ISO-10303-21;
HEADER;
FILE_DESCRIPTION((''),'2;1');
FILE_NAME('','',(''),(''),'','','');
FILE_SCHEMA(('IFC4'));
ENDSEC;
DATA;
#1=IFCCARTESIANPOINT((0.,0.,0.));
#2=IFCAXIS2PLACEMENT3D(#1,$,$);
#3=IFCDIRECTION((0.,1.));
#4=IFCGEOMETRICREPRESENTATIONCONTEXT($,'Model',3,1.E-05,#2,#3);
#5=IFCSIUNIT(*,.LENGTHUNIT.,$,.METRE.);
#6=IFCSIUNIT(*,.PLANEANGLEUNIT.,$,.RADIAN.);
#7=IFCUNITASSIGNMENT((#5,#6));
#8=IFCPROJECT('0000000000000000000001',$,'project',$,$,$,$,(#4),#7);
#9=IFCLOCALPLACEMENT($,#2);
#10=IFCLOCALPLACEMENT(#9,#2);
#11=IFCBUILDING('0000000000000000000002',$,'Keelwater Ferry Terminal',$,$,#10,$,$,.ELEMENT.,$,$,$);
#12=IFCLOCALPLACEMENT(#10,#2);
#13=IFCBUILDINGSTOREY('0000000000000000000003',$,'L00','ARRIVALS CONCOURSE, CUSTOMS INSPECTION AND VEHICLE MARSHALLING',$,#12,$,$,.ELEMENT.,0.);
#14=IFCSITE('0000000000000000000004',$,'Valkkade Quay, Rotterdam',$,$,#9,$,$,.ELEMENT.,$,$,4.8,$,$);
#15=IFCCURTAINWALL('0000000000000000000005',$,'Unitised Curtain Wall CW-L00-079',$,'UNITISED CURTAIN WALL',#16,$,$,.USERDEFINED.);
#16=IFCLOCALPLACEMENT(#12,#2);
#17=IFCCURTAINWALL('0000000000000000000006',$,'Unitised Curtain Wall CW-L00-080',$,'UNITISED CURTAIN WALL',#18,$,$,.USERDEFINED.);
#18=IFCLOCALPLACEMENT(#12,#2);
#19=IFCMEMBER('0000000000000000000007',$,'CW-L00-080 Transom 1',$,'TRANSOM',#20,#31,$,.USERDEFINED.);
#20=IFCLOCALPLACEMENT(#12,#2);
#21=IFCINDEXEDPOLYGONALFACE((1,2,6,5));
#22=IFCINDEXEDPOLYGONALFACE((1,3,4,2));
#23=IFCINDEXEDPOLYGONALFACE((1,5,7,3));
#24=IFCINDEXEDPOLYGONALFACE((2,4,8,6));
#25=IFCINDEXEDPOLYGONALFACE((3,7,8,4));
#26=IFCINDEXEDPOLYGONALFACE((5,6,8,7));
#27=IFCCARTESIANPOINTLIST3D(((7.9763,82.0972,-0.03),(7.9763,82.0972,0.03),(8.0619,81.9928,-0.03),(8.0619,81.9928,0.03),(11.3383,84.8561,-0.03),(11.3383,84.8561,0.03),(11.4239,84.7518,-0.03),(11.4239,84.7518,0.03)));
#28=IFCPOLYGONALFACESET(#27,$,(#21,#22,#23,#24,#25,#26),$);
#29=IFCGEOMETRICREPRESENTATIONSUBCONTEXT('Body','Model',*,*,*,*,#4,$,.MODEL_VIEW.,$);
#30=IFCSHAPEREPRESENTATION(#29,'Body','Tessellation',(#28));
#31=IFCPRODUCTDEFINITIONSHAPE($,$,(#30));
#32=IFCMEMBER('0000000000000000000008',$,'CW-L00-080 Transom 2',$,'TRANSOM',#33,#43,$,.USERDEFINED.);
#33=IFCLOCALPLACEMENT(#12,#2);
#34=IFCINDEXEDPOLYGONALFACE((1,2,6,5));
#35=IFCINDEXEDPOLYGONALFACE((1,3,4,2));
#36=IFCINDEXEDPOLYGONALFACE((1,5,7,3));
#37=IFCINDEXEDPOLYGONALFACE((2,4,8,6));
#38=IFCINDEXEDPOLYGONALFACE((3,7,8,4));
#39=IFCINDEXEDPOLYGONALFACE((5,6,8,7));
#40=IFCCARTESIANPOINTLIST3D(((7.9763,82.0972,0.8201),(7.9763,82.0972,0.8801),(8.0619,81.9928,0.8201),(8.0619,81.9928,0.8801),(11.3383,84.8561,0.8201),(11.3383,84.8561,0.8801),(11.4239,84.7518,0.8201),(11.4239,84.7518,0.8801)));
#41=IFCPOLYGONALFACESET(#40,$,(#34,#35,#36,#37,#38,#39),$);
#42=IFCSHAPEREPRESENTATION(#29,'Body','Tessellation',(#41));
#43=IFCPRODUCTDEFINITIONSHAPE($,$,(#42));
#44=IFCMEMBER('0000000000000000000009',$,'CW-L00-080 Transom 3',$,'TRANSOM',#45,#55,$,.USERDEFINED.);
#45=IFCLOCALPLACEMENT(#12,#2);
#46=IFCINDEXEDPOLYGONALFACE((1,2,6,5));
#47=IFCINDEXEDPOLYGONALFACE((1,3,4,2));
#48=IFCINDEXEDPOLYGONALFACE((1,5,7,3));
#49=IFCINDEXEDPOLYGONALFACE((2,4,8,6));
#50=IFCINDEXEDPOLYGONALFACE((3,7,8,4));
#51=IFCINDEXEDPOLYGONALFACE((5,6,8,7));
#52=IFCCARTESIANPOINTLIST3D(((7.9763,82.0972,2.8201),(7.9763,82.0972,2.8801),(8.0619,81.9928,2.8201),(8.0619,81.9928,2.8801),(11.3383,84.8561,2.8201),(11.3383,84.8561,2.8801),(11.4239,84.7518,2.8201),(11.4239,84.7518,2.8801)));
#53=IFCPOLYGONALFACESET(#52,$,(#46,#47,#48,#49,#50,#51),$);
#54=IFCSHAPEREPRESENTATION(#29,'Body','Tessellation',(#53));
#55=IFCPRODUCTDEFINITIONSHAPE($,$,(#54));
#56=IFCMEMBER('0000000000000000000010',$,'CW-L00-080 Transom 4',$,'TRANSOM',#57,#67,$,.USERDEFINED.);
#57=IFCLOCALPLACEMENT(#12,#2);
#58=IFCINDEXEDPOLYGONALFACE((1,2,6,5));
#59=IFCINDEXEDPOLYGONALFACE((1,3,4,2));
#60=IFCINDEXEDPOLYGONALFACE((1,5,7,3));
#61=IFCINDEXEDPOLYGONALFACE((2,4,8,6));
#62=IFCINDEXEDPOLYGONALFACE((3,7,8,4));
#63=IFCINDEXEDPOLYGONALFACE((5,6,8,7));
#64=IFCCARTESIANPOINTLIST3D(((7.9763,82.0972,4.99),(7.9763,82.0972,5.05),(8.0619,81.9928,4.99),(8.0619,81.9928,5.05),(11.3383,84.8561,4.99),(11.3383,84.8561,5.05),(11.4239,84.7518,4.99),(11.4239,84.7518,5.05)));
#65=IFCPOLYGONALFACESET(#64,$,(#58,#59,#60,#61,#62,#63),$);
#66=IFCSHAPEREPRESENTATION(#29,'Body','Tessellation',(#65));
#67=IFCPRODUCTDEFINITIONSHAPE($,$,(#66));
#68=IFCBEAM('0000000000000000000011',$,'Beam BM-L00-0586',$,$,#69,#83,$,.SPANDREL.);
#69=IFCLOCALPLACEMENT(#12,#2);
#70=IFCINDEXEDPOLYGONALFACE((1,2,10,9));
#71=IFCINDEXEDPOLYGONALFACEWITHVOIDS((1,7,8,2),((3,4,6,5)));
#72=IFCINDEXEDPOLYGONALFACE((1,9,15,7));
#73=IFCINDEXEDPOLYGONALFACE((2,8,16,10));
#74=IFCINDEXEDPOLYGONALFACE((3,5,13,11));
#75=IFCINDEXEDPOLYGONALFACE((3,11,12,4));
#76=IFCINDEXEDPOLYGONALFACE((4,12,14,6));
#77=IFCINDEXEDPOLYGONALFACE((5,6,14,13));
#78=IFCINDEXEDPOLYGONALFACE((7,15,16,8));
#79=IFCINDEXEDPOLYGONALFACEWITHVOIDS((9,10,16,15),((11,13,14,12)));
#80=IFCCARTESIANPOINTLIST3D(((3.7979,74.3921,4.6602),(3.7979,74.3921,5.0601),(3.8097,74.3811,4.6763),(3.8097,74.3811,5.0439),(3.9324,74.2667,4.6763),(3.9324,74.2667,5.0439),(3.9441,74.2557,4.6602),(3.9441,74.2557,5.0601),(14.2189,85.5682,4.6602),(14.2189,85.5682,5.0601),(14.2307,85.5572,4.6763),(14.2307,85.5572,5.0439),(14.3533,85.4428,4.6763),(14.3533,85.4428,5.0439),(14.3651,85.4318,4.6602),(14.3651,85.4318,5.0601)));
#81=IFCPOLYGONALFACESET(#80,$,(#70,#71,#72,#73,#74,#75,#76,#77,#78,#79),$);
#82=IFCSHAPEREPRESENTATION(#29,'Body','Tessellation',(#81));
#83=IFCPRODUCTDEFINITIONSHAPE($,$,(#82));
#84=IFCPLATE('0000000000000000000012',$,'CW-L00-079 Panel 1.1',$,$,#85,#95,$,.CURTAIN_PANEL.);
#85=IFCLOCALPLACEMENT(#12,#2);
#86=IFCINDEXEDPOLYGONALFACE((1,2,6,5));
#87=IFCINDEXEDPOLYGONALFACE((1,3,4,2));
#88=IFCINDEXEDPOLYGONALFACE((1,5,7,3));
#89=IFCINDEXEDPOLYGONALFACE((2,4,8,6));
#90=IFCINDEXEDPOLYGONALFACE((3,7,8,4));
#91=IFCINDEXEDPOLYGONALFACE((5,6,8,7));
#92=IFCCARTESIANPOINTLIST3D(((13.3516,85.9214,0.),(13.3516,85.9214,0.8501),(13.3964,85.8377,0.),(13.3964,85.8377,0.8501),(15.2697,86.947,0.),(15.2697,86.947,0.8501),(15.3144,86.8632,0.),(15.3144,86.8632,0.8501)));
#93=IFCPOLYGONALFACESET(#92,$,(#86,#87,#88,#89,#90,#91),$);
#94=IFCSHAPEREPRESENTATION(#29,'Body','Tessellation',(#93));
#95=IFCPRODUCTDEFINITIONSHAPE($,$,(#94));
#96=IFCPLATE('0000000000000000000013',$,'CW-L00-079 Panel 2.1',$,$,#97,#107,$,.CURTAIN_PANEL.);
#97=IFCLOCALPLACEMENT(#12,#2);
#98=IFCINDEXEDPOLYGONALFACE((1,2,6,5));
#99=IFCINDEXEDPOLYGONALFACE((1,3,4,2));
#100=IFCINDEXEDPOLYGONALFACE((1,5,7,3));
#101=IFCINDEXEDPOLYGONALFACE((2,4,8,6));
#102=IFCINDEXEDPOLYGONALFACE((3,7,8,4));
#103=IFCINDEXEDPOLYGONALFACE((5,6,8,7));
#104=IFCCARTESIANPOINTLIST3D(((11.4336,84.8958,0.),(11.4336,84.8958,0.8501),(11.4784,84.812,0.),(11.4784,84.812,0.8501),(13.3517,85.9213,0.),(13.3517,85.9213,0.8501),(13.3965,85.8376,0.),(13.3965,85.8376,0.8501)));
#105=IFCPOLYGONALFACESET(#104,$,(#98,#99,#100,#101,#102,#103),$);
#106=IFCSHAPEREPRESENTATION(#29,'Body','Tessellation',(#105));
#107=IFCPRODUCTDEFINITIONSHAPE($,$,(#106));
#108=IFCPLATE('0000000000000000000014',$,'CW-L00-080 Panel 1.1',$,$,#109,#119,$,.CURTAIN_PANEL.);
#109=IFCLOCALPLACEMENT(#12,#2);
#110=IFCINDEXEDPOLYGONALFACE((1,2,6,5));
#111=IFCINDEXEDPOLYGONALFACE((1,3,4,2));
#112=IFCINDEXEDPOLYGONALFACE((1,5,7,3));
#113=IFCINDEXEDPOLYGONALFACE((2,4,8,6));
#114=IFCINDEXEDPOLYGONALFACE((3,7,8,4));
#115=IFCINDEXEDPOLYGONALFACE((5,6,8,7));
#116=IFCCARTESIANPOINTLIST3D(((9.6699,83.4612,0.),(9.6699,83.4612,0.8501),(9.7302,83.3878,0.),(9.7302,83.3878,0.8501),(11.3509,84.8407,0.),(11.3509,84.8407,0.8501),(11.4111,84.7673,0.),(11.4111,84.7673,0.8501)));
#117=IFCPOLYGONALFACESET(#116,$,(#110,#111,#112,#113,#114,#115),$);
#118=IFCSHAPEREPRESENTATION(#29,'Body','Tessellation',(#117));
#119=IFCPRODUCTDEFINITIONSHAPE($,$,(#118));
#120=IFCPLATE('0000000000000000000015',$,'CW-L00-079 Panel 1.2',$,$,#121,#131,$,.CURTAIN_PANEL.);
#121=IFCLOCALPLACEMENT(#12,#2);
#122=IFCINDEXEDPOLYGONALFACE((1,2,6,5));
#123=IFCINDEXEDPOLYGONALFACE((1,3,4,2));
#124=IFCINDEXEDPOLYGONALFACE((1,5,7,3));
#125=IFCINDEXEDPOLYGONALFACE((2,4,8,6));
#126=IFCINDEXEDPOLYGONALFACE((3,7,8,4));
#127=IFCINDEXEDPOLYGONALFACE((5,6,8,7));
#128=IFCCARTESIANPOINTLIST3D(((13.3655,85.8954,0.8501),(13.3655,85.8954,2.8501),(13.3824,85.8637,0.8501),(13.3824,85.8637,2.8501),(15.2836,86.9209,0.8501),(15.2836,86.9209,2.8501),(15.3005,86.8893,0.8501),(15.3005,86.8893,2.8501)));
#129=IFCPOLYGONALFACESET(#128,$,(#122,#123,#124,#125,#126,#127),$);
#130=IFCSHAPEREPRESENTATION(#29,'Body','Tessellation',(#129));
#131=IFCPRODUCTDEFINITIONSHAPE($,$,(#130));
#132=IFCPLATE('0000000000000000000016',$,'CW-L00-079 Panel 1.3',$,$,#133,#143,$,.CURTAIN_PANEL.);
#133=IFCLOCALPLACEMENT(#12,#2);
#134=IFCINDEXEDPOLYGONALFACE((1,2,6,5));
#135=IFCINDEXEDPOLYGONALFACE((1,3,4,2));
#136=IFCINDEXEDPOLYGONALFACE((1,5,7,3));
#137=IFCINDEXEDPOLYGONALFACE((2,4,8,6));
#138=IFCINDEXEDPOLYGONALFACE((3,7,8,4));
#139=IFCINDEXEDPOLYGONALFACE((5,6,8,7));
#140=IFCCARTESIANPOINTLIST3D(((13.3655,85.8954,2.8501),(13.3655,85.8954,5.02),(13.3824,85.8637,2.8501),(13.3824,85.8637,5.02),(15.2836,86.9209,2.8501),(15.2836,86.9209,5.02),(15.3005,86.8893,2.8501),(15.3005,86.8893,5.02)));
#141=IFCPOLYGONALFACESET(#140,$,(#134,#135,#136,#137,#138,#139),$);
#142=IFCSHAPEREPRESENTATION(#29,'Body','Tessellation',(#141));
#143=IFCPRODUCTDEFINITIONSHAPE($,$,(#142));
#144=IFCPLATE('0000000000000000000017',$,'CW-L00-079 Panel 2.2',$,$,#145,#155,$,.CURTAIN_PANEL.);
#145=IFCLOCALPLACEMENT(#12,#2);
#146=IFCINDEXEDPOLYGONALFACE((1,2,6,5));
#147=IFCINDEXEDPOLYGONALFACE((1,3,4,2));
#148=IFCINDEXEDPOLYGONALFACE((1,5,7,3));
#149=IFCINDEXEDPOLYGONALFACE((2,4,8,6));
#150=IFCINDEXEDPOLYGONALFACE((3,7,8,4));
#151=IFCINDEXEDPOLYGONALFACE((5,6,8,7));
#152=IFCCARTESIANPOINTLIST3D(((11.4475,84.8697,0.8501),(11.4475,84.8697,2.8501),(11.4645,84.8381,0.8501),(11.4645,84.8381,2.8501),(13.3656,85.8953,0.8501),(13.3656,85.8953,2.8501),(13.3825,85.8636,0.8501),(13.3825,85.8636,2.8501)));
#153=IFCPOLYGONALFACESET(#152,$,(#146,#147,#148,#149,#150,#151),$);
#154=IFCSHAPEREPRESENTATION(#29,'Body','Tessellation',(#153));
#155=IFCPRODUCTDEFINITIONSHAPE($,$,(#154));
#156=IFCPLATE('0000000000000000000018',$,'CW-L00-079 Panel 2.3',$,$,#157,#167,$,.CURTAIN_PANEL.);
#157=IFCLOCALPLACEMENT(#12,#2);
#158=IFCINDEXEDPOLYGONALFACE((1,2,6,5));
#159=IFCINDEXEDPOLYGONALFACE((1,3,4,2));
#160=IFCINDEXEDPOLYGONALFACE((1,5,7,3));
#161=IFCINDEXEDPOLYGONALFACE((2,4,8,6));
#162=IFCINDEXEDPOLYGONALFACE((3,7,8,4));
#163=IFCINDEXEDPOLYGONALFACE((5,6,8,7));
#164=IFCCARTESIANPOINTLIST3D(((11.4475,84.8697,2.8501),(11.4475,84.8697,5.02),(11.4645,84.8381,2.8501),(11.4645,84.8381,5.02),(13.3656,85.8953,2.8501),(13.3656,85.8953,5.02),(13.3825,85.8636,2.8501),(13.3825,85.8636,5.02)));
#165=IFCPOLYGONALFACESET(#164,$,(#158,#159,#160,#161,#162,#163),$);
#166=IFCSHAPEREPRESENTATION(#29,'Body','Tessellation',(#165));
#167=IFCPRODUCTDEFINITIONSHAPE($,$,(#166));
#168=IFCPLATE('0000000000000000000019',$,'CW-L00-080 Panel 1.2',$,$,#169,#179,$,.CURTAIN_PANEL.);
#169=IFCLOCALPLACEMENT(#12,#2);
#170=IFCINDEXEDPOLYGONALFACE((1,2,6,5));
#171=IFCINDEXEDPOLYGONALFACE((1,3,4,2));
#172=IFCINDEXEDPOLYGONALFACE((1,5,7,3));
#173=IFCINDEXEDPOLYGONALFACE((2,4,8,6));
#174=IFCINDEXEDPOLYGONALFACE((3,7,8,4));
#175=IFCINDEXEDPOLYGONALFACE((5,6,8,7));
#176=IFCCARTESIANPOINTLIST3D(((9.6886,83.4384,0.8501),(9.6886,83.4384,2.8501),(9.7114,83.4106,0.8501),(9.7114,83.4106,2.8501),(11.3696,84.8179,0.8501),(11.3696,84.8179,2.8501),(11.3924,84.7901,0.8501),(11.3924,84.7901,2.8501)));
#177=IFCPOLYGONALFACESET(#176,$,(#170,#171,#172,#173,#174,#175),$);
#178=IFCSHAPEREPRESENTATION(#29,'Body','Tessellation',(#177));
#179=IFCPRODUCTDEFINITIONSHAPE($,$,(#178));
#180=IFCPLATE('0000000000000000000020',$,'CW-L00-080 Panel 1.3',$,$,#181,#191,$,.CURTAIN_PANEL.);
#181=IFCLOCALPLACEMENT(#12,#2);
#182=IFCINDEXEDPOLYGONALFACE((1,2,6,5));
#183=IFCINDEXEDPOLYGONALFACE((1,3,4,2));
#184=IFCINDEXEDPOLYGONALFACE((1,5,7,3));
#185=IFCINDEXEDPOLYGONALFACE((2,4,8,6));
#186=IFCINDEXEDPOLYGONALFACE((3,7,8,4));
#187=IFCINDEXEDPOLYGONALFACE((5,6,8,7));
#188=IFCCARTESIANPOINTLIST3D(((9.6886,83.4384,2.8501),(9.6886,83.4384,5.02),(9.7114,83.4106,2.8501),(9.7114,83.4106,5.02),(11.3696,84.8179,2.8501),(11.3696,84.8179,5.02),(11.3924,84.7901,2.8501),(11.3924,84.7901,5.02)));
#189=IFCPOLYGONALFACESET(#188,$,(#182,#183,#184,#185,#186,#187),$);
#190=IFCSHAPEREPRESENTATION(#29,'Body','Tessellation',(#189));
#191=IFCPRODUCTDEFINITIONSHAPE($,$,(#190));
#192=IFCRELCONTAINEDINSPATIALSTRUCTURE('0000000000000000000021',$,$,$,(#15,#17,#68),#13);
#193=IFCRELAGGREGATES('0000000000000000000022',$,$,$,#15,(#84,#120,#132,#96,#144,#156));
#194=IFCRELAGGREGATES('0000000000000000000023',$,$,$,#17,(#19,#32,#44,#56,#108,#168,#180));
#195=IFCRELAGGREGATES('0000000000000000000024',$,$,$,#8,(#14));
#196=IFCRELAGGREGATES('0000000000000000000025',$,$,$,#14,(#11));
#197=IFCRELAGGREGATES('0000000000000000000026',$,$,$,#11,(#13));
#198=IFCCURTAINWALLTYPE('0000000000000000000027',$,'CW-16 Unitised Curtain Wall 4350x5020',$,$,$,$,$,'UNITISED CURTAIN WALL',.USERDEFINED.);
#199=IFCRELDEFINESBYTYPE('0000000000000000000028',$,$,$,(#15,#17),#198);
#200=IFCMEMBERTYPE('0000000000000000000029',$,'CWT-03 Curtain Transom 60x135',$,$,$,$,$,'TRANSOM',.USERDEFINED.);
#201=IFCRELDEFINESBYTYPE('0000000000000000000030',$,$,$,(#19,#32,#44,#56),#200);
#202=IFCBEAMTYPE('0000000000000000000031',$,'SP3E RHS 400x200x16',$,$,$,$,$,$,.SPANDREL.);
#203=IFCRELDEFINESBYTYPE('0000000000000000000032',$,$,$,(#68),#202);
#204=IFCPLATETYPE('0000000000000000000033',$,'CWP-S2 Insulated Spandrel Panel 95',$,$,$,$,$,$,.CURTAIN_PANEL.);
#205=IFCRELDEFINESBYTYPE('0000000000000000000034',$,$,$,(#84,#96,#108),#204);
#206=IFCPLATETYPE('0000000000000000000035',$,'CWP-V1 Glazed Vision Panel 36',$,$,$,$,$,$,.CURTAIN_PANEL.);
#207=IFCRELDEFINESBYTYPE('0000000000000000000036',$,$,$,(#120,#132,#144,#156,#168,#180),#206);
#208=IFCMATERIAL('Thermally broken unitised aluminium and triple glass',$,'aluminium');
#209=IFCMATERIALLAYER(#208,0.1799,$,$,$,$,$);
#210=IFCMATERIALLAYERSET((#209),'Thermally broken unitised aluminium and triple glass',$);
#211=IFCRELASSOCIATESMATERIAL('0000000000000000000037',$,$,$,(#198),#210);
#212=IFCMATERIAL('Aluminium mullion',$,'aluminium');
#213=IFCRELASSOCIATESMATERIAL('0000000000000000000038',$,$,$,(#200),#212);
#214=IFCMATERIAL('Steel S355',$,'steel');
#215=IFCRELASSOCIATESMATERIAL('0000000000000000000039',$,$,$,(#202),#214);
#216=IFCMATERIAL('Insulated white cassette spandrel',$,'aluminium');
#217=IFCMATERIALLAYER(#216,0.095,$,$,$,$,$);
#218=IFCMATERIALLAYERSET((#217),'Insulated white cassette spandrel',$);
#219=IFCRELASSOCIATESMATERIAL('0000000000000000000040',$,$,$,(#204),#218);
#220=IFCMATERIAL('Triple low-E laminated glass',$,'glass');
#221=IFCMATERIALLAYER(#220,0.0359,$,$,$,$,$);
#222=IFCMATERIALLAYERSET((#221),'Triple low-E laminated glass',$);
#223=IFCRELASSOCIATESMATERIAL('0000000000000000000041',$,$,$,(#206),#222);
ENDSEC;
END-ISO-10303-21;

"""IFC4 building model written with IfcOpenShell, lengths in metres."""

from ifc_helpers import new_model, si_unit, direction, frame, origin, origin_2d, place, context, subcontext, project, spatial, rectangle, hollow_rectangle, extrude, material, layer, layer_set, material_profile, profile_set, type_object, element, aggregate, save


model = new_model("IFC4")

# Units and contexts
model_context = context("Model", 3, precision=1e-05, world=origin(), true_north=direction((0.0, 1.0)))
body_context = subcontext(model_context, "Body", "Model", "MODEL_VIEW")
ifc_project = project(units=[si_unit("LENGTHUNIT", "METRE"), si_unit("PLANEANGLEUNIT", "RADIAN")], contexts=[model_context])

# Site, building, storey
site_placement = place(None, origin())
site = spatial("IfcSite", under=ifc_project, at=site_placement, Name="Valkkade Quay, Rotterdam", CompositionType="ELEMENT", RefElevation=4.8)
building_placement = place(site_placement, origin())
building = spatial("IfcBuilding", under=site, at=building_placement, Name="Keelwater Ferry Terminal", CompositionType="ELEMENT")
storey_placement = place(building_placement, origin())
storey = spatial("IfcBuildingStorey", under=building, at=storey_placement, Name="L00", Description="ARRIVALS CONCOURSE, CUSTOMS INSPECTION AND VEHICLE MARSHALLING", CompositionType="ELEMENT", Elevation=0.0)

# Curtain walls, members
ifc_material_1 = material(Name="Thermally broken unitised aluminium and triple glass", Category="aluminium")
ifc_layer_1 = layer(ifc_material_1, 0.1799)
ifc_layer_set_1 = layer_set([ifc_layer_1], Name="Thermally broken unitised aluminium and triple glass")
curtain_wall_type = type_object("IfcCurtainWallType", Name="CW-16 Unitised Curtain Wall 4350x5020", ElementType="UNITISED CURTAIN WALL", PredefinedType="USERDEFINED", material=ifc_layer_set_1)
curtain_wall_1_placement = place(storey_placement, origin())
curtain_wall_1 = element("IfcCurtainWall", 1, at=curtain_wall_1_placement, inside=storey, type_object=curtain_wall_type, Name="Unitised Curtain Wall CW-L00-079", ObjectType="UNITISED CURTAIN WALL", PredefinedType="USERDEFINED")
curtain_wall_2_placement = place(storey_placement, origin())
curtain_wall_2 = element("IfcCurtainWall", 2, at=curtain_wall_2_placement, inside=storey, type_object=curtain_wall_type, Name="Unitised Curtain Wall CW-L00-080", ObjectType="UNITISED CURTAIN WALL", PredefinedType="USERDEFINED")
ifc_material_2 = material(Name="Aluminium mullion", Category="aluminium")
ifc_material_profile_1 = material_profile(ifc_material_2, rectangle(XDim=0.135, YDim=0.0601, at=origin_2d()), Name="CWT-03")
ifc_profile_set_1 = profile_set([ifc_material_profile_1], Name="Aluminium mullion")
member_type_1 = type_object("IfcMemberType", Name="CWT-03 Curtain Transom 60x135", ElementType="TRANSOM", PredefinedType="USERDEFINED", material=ifc_profile_set_1)
member_1_placement = place(storey_placement, frame((11.3811, 84.804, 0.0), z_axis=(-0.773026, -0.634374, 0.0), x_axis=(0.634374, -0.773026, 0.0)))
member_1 = element("IfcMember", 3, at=member_1_placement, type_object=member_type_1, Name="CW-L00-080 Transom 1", ObjectType="TRANSOM", PredefinedType="USERDEFINED", context=body_context, shape_type="SweptSolid", body=[
    extrude(rectangle(XDim=0.135, YDim=0.0601, at=origin_2d()), origin(), (0.0, 0.0, 1.0), 4.3491),
])
member_2_placement = place(storey_placement, frame((11.3811, 84.804, 0.8501), z_axis=(-0.773026, -0.634374, 0.0), x_axis=(0.634374, -0.773026, 0.0)))
member_2 = element("IfcMember", 4, at=member_2_placement, type_object=member_type_1, Name="CW-L00-080 Transom 2", ObjectType="TRANSOM", PredefinedType="USERDEFINED", context=body_context, shape_type="SweptSolid", body=[
    extrude(rectangle(XDim=0.135, YDim=0.0601, at=origin_2d()), origin(), (0.0, 0.0, 1.0), 4.3491),
])
member_3_placement = place(storey_placement, frame((11.3811, 84.804, 2.8501), z_axis=(-0.773026, -0.634374, 0.0), x_axis=(0.634374, -0.773026, 0.0)))
member_3 = element("IfcMember", 5, at=member_3_placement, type_object=member_type_1, Name="CW-L00-080 Transom 3", ObjectType="TRANSOM", PredefinedType="USERDEFINED", context=body_context, shape_type="SweptSolid", body=[
    extrude(rectangle(XDim=0.135, YDim=0.0601, at=origin_2d()), origin(), (0.0, 0.0, 1.0), 4.3491),
])
member_4_placement = place(storey_placement, frame((11.3811, 84.804, 5.02), z_axis=(-0.773026, -0.634374, 0.0), x_axis=(0.634374, -0.773026, 0.0)))
member_4 = element("IfcMember", 6, at=member_4_placement, type_object=member_type_1, Name="CW-L00-080 Transom 4", ObjectType="TRANSOM", PredefinedType="USERDEFINED", context=body_context, shape_type="SweptSolid", body=[
    extrude(rectangle(XDim=0.135, YDim=0.0601, at=origin_2d()), origin(), (0.0, 0.0, 1.0), 4.3491),
])

# Beam
ifc_material_3 = material(Name="Steel S355", Category="steel")
ifc_material_profile_2 = material_profile(ifc_material_3, hollow_rectangle(XDim=0.2, YDim=0.3999, WallThickness=0.0161, at=origin_2d()), Name="RHS 400x200x16")
ifc_profile_set_2 = profile_set([ifc_material_profile_2], Name="Steel S355")
beam_type = type_object("IfcBeamType", Name="SP3E RHS 400x200x16", PredefinedType="SPANDREL", material=ifc_profile_set_2)
beam_placement = place(storey_placement, frame((14.292, 85.5, 4.8601), z_axis=(-0.681966, -0.731384, 0.0), x_axis=(0.731384, -0.681966, 0.0)))
element("IfcBeam", 7, at=beam_placement, inside=storey, type_object=beam_type, Name="Beam BM-L00-0586", PredefinedType="SPANDREL", context=body_context, shape_type="SweptSolid", body=[
    extrude(hollow_rectangle(XDim=0.2, YDim=0.3999, WallThickness=0.0161, at=origin_2d()), origin(), (0.0, 0.0, 1.0), 15.2808),
])

# Plates
ifc_material_4 = material(Name="Insulated white cassette spandrel", Category="aluminium")
ifc_layer_2 = layer(ifc_material_4, 0.095)
ifc_layer_set_2 = layer_set([ifc_layer_2], Name="Insulated white cassette spandrel")
plate_type_1 = type_object("IfcPlateType", Name="CWP-S2 Insulated Spandrel Panel 95", PredefinedType="CURTAIN_PANEL", material=ifc_layer_set_2)
plate_1_placement = place(storey_placement, frame((14.333, 86.3923, 0.0), z_axis=(0.0, 0.0, 1.0), x_axis=(-0.881862, -0.471507, 0.0)))
plate_1 = element("IfcPlate", 8, at=plate_1_placement, type_object=plate_type_1, Name="CW-L00-079 Panel 1.1", PredefinedType="CURTAIN_PANEL", context=body_context, shape_type="SweptSolid", body=[
    extrude(rectangle(XDim=2.175, YDim=0.095, at=origin_2d()), origin(), (0.0, 0.0, 1.0), 0.8501),
])
plate_2_placement = place(storey_placement, frame((12.415, 85.3667, 0.0), z_axis=(0.0, 0.0, 1.0), x_axis=(-0.881862, -0.471507, 0.0)))
plate_2 = element("IfcPlate", 9, at=plate_2_placement, type_object=plate_type_1, Name="CW-L00-079 Panel 2.1", PredefinedType="CURTAIN_PANEL", context=body_context, shape_type="SweptSolid", body=[
    extrude(rectangle(XDim=2.175, YDim=0.095, at=origin_2d()), origin(), (0.0, 0.0, 1.0), 0.8501),
])
plate_3_placement = place(storey_placement, frame((10.5405, 84.1143, 0.0), z_axis=(0.0, 0.0, 1.0), x_axis=(-0.773024, -0.634377, 0.0)))
plate_3 = element("IfcPlate", 10, at=plate_3_placement, type_object=plate_type_1, Name="CW-L00-080 Panel 1.1", PredefinedType="CURTAIN_PANEL", context=body_context, shape_type="SweptSolid", body=[
    extrude(rectangle(XDim=2.1746, YDim=0.095, at=origin_2d()), origin(), (0.0, 0.0, 1.0), 0.8501),
])
ifc_material_5 = material(Name="Triple low-E laminated glass", Category="glass")
ifc_layer_3 = layer(ifc_material_5, 0.0359)
ifc_layer_set_3 = layer_set([ifc_layer_3], Name="Triple low-E laminated glass")
plate_type_2 = type_object("IfcPlateType", Name="CWP-V1 Glazed Vision Panel 36", PredefinedType="CURTAIN_PANEL", material=ifc_layer_set_3)
plate_4_placement = place(storey_placement, frame((14.333, 86.3923, 0.8501), z_axis=(0.0, 0.0, 1.0), x_axis=(-0.881862, -0.471507, 0.0)))
plate_4 = element("IfcPlate", 11, at=plate_4_placement, type_object=plate_type_2, Name="CW-L00-079 Panel 1.2", PredefinedType="CURTAIN_PANEL", context=body_context, shape_type="SweptSolid", body=[
    extrude(rectangle(XDim=2.175, YDim=0.0359, at=origin_2d()), origin(), (0.0, 0.0, 1.0), 2.0),
])
plate_5_placement = place(storey_placement, frame((14.333, 86.3923, 2.8501), z_axis=(0.0, 0.0, 1.0), x_axis=(-0.881862, -0.471507, 0.0)))
plate_5 = element("IfcPlate", 12, at=plate_5_placement, type_object=plate_type_2, Name="CW-L00-079 Panel 1.3", PredefinedType="CURTAIN_PANEL", context=body_context, shape_type="SweptSolid", body=[
    extrude(rectangle(XDim=2.175, YDim=0.0359, at=origin_2d()), origin(), (0.0, 0.0, 1.0), 2.1699),
])
plate_6_placement = place(storey_placement, frame((12.415, 85.3667, 0.8501), z_axis=(0.0, 0.0, 1.0), x_axis=(-0.881862, -0.471507, 0.0)))
plate_6 = element("IfcPlate", 13, at=plate_6_placement, type_object=plate_type_2, Name="CW-L00-079 Panel 2.2", PredefinedType="CURTAIN_PANEL", context=body_context, shape_type="SweptSolid", body=[
    extrude(rectangle(XDim=2.175, YDim=0.0359, at=origin_2d()), origin(), (0.0, 0.0, 1.0), 2.0),
])
plate_7_placement = place(storey_placement, frame((12.415, 85.3667, 2.8501), z_axis=(0.0, 0.0, 1.0), x_axis=(-0.881862, -0.471507, 0.0)))
plate_7 = element("IfcPlate", 14, at=plate_7_placement, type_object=plate_type_2, Name="CW-L00-079 Panel 2.3", PredefinedType="CURTAIN_PANEL", context=body_context, shape_type="SweptSolid", body=[
    extrude(rectangle(XDim=2.175, YDim=0.0359, at=origin_2d()), origin(), (0.0, 0.0, 1.0), 2.1699),
])
aggregate(curtain_wall_1, [plate_1, plate_4, plate_5, plate_2, plate_6, plate_7])
plate_8_placement = place(storey_placement, frame((10.5405, 84.1143, 0.8501), z_axis=(0.0, 0.0, 1.0), x_axis=(-0.773024, -0.634377, 0.0)))
plate_8 = element("IfcPlate", 15, at=plate_8_placement, type_object=plate_type_2, Name="CW-L00-080 Panel 1.2", PredefinedType="CURTAIN_PANEL", context=body_context, shape_type="SweptSolid", body=[
    extrude(rectangle(XDim=2.1746, YDim=0.0359, at=origin_2d()), origin(), (0.0, 0.0, 1.0), 2.0),
])
plate_9_placement = place(storey_placement, frame((10.5405, 84.1143, 2.8501), z_axis=(0.0, 0.0, 1.0), x_axis=(-0.773024, -0.634377, 0.0)))
plate_9 = element("IfcPlate", 16, at=plate_9_placement, type_object=plate_type_2, Name="CW-L00-080 Panel 1.3", PredefinedType="CURTAIN_PANEL", context=body_context, shape_type="SweptSolid", body=[
    extrude(rectangle(XDim=2.1746, YDim=0.0359, at=origin_2d()), origin(), (0.0, 0.0, 1.0), 2.1699),
])
aggregate(curtain_wall_2, [member_1, member_2, member_3, member_4, plate_3, plate_8, plate_9])

save(model, "model.ifc")
